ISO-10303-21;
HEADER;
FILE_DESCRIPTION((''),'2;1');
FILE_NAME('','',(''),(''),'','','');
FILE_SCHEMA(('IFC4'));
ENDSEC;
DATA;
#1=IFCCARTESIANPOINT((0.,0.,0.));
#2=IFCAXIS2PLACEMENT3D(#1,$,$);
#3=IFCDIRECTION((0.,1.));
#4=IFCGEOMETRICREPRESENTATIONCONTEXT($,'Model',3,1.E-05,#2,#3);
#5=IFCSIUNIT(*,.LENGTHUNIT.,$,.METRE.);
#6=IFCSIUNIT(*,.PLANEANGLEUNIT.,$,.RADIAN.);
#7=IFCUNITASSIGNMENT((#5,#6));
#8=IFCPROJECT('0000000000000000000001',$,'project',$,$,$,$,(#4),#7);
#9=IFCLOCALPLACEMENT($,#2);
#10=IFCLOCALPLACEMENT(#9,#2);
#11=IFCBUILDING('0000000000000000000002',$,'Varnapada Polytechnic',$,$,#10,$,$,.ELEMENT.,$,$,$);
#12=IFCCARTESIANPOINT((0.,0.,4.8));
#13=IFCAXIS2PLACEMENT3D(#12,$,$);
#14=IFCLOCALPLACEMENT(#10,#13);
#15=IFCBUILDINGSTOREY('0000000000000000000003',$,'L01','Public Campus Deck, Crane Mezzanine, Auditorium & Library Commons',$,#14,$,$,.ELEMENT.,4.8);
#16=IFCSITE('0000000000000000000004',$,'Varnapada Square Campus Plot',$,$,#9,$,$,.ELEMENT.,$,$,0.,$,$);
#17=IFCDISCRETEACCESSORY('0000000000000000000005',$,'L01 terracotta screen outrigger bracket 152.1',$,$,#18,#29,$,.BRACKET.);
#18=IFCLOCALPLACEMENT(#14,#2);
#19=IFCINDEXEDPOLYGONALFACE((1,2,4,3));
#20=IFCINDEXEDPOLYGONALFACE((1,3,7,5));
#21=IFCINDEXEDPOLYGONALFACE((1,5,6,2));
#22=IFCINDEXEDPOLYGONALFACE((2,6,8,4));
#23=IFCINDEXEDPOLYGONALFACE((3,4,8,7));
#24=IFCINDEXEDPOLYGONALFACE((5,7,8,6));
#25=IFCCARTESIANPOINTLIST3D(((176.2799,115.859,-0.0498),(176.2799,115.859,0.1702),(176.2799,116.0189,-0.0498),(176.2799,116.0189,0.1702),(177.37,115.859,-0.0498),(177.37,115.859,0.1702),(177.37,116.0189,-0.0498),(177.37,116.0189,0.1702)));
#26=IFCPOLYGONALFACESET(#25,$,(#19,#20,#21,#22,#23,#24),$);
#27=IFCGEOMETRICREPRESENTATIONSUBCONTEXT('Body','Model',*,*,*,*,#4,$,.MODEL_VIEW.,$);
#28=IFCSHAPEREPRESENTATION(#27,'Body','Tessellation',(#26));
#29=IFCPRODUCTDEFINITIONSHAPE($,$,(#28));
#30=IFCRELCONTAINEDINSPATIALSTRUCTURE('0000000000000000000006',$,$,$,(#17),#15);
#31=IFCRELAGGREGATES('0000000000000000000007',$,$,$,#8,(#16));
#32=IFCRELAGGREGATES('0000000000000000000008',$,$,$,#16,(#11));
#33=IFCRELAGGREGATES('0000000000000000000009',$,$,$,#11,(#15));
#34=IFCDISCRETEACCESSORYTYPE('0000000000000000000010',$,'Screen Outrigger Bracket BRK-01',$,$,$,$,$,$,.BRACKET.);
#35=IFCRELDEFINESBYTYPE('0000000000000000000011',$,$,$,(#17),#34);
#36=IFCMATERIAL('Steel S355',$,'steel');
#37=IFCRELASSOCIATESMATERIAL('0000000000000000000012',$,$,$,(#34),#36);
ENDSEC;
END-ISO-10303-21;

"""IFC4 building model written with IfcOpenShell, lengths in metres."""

from ifc_helpers import new_model, si_unit, direction, frame, origin, origin_2d, place, context, subcontext, project, spatial, rectangle, extrude, material, type_object, element, save


model = new_model("IFC4")

# Units and contexts
model_context = context("Model", 3, precision=1e-05, world=origin(), true_north=direction((0.0, 1.0)))
body_context = subcontext(model_context, "Body", "Model", "MODEL_VIEW")
ifc_project = project(units=[si_unit("LENGTHUNIT", "METRE"), si_unit("PLANEANGLEUNIT", "RADIAN")], contexts=[model_context])

# Site, building, storey
site_placement = place(None, origin())
site = spatial("IfcSite", under=ifc_project, at=site_placement, Name="Varnapada Square Campus Plot", CompositionType="ELEMENT", RefElevation=0.0)
building_placement = place(site_placement, origin())
building = spatial("IfcBuilding", under=site, at=building_placement, Name="Varnapada Polytechnic", CompositionType="ELEMENT")
storey_placement = place(building_placement, frame((0.0, 0.0, 4.8)))
storey = spatial("IfcBuildingStorey", under=building, at=storey_placement, Name="L01", Description="Public Campus Deck, Crane Mezzanine, Auditorium & Library Commons", CompositionType="ELEMENT", Elevation=4.8)

# Shared definitions
ifc_material_1 = material(Name="Steel S355", Category="steel")

# Discrete accessory
discrete_accessory_type = type_object("IfcDiscreteAccessoryType", Name="Screen Outrigger Bracket BRK-01", PredefinedType="BRACKET", material=ifc_material_1)
for number, where, z_axis, x_axis, name in (
    (1, (176.825, 115.939, -0.0498), (0.0, 0.0, 1.0), (0.0, -1.0, 0.0), "L01 terracotta screen outrigger bracket 152.1"),
):
    element("IfcDiscreteAccessory", number, at=place(storey_placement, frame(where, z_axis=z_axis, x_axis=x_axis)), inside=storey, type_object=discrete_accessory_type, Name=name, PredefinedType="BRACKET", context=body_context, shape_type="SweptSolid", body=[
        extrude(rectangle(XDim=0.1599, YDim=1.0901, at=origin_2d()), origin(), (0.0, 0.0, 1.0), 0.22),
    ])

save(model, "model.ifc")
